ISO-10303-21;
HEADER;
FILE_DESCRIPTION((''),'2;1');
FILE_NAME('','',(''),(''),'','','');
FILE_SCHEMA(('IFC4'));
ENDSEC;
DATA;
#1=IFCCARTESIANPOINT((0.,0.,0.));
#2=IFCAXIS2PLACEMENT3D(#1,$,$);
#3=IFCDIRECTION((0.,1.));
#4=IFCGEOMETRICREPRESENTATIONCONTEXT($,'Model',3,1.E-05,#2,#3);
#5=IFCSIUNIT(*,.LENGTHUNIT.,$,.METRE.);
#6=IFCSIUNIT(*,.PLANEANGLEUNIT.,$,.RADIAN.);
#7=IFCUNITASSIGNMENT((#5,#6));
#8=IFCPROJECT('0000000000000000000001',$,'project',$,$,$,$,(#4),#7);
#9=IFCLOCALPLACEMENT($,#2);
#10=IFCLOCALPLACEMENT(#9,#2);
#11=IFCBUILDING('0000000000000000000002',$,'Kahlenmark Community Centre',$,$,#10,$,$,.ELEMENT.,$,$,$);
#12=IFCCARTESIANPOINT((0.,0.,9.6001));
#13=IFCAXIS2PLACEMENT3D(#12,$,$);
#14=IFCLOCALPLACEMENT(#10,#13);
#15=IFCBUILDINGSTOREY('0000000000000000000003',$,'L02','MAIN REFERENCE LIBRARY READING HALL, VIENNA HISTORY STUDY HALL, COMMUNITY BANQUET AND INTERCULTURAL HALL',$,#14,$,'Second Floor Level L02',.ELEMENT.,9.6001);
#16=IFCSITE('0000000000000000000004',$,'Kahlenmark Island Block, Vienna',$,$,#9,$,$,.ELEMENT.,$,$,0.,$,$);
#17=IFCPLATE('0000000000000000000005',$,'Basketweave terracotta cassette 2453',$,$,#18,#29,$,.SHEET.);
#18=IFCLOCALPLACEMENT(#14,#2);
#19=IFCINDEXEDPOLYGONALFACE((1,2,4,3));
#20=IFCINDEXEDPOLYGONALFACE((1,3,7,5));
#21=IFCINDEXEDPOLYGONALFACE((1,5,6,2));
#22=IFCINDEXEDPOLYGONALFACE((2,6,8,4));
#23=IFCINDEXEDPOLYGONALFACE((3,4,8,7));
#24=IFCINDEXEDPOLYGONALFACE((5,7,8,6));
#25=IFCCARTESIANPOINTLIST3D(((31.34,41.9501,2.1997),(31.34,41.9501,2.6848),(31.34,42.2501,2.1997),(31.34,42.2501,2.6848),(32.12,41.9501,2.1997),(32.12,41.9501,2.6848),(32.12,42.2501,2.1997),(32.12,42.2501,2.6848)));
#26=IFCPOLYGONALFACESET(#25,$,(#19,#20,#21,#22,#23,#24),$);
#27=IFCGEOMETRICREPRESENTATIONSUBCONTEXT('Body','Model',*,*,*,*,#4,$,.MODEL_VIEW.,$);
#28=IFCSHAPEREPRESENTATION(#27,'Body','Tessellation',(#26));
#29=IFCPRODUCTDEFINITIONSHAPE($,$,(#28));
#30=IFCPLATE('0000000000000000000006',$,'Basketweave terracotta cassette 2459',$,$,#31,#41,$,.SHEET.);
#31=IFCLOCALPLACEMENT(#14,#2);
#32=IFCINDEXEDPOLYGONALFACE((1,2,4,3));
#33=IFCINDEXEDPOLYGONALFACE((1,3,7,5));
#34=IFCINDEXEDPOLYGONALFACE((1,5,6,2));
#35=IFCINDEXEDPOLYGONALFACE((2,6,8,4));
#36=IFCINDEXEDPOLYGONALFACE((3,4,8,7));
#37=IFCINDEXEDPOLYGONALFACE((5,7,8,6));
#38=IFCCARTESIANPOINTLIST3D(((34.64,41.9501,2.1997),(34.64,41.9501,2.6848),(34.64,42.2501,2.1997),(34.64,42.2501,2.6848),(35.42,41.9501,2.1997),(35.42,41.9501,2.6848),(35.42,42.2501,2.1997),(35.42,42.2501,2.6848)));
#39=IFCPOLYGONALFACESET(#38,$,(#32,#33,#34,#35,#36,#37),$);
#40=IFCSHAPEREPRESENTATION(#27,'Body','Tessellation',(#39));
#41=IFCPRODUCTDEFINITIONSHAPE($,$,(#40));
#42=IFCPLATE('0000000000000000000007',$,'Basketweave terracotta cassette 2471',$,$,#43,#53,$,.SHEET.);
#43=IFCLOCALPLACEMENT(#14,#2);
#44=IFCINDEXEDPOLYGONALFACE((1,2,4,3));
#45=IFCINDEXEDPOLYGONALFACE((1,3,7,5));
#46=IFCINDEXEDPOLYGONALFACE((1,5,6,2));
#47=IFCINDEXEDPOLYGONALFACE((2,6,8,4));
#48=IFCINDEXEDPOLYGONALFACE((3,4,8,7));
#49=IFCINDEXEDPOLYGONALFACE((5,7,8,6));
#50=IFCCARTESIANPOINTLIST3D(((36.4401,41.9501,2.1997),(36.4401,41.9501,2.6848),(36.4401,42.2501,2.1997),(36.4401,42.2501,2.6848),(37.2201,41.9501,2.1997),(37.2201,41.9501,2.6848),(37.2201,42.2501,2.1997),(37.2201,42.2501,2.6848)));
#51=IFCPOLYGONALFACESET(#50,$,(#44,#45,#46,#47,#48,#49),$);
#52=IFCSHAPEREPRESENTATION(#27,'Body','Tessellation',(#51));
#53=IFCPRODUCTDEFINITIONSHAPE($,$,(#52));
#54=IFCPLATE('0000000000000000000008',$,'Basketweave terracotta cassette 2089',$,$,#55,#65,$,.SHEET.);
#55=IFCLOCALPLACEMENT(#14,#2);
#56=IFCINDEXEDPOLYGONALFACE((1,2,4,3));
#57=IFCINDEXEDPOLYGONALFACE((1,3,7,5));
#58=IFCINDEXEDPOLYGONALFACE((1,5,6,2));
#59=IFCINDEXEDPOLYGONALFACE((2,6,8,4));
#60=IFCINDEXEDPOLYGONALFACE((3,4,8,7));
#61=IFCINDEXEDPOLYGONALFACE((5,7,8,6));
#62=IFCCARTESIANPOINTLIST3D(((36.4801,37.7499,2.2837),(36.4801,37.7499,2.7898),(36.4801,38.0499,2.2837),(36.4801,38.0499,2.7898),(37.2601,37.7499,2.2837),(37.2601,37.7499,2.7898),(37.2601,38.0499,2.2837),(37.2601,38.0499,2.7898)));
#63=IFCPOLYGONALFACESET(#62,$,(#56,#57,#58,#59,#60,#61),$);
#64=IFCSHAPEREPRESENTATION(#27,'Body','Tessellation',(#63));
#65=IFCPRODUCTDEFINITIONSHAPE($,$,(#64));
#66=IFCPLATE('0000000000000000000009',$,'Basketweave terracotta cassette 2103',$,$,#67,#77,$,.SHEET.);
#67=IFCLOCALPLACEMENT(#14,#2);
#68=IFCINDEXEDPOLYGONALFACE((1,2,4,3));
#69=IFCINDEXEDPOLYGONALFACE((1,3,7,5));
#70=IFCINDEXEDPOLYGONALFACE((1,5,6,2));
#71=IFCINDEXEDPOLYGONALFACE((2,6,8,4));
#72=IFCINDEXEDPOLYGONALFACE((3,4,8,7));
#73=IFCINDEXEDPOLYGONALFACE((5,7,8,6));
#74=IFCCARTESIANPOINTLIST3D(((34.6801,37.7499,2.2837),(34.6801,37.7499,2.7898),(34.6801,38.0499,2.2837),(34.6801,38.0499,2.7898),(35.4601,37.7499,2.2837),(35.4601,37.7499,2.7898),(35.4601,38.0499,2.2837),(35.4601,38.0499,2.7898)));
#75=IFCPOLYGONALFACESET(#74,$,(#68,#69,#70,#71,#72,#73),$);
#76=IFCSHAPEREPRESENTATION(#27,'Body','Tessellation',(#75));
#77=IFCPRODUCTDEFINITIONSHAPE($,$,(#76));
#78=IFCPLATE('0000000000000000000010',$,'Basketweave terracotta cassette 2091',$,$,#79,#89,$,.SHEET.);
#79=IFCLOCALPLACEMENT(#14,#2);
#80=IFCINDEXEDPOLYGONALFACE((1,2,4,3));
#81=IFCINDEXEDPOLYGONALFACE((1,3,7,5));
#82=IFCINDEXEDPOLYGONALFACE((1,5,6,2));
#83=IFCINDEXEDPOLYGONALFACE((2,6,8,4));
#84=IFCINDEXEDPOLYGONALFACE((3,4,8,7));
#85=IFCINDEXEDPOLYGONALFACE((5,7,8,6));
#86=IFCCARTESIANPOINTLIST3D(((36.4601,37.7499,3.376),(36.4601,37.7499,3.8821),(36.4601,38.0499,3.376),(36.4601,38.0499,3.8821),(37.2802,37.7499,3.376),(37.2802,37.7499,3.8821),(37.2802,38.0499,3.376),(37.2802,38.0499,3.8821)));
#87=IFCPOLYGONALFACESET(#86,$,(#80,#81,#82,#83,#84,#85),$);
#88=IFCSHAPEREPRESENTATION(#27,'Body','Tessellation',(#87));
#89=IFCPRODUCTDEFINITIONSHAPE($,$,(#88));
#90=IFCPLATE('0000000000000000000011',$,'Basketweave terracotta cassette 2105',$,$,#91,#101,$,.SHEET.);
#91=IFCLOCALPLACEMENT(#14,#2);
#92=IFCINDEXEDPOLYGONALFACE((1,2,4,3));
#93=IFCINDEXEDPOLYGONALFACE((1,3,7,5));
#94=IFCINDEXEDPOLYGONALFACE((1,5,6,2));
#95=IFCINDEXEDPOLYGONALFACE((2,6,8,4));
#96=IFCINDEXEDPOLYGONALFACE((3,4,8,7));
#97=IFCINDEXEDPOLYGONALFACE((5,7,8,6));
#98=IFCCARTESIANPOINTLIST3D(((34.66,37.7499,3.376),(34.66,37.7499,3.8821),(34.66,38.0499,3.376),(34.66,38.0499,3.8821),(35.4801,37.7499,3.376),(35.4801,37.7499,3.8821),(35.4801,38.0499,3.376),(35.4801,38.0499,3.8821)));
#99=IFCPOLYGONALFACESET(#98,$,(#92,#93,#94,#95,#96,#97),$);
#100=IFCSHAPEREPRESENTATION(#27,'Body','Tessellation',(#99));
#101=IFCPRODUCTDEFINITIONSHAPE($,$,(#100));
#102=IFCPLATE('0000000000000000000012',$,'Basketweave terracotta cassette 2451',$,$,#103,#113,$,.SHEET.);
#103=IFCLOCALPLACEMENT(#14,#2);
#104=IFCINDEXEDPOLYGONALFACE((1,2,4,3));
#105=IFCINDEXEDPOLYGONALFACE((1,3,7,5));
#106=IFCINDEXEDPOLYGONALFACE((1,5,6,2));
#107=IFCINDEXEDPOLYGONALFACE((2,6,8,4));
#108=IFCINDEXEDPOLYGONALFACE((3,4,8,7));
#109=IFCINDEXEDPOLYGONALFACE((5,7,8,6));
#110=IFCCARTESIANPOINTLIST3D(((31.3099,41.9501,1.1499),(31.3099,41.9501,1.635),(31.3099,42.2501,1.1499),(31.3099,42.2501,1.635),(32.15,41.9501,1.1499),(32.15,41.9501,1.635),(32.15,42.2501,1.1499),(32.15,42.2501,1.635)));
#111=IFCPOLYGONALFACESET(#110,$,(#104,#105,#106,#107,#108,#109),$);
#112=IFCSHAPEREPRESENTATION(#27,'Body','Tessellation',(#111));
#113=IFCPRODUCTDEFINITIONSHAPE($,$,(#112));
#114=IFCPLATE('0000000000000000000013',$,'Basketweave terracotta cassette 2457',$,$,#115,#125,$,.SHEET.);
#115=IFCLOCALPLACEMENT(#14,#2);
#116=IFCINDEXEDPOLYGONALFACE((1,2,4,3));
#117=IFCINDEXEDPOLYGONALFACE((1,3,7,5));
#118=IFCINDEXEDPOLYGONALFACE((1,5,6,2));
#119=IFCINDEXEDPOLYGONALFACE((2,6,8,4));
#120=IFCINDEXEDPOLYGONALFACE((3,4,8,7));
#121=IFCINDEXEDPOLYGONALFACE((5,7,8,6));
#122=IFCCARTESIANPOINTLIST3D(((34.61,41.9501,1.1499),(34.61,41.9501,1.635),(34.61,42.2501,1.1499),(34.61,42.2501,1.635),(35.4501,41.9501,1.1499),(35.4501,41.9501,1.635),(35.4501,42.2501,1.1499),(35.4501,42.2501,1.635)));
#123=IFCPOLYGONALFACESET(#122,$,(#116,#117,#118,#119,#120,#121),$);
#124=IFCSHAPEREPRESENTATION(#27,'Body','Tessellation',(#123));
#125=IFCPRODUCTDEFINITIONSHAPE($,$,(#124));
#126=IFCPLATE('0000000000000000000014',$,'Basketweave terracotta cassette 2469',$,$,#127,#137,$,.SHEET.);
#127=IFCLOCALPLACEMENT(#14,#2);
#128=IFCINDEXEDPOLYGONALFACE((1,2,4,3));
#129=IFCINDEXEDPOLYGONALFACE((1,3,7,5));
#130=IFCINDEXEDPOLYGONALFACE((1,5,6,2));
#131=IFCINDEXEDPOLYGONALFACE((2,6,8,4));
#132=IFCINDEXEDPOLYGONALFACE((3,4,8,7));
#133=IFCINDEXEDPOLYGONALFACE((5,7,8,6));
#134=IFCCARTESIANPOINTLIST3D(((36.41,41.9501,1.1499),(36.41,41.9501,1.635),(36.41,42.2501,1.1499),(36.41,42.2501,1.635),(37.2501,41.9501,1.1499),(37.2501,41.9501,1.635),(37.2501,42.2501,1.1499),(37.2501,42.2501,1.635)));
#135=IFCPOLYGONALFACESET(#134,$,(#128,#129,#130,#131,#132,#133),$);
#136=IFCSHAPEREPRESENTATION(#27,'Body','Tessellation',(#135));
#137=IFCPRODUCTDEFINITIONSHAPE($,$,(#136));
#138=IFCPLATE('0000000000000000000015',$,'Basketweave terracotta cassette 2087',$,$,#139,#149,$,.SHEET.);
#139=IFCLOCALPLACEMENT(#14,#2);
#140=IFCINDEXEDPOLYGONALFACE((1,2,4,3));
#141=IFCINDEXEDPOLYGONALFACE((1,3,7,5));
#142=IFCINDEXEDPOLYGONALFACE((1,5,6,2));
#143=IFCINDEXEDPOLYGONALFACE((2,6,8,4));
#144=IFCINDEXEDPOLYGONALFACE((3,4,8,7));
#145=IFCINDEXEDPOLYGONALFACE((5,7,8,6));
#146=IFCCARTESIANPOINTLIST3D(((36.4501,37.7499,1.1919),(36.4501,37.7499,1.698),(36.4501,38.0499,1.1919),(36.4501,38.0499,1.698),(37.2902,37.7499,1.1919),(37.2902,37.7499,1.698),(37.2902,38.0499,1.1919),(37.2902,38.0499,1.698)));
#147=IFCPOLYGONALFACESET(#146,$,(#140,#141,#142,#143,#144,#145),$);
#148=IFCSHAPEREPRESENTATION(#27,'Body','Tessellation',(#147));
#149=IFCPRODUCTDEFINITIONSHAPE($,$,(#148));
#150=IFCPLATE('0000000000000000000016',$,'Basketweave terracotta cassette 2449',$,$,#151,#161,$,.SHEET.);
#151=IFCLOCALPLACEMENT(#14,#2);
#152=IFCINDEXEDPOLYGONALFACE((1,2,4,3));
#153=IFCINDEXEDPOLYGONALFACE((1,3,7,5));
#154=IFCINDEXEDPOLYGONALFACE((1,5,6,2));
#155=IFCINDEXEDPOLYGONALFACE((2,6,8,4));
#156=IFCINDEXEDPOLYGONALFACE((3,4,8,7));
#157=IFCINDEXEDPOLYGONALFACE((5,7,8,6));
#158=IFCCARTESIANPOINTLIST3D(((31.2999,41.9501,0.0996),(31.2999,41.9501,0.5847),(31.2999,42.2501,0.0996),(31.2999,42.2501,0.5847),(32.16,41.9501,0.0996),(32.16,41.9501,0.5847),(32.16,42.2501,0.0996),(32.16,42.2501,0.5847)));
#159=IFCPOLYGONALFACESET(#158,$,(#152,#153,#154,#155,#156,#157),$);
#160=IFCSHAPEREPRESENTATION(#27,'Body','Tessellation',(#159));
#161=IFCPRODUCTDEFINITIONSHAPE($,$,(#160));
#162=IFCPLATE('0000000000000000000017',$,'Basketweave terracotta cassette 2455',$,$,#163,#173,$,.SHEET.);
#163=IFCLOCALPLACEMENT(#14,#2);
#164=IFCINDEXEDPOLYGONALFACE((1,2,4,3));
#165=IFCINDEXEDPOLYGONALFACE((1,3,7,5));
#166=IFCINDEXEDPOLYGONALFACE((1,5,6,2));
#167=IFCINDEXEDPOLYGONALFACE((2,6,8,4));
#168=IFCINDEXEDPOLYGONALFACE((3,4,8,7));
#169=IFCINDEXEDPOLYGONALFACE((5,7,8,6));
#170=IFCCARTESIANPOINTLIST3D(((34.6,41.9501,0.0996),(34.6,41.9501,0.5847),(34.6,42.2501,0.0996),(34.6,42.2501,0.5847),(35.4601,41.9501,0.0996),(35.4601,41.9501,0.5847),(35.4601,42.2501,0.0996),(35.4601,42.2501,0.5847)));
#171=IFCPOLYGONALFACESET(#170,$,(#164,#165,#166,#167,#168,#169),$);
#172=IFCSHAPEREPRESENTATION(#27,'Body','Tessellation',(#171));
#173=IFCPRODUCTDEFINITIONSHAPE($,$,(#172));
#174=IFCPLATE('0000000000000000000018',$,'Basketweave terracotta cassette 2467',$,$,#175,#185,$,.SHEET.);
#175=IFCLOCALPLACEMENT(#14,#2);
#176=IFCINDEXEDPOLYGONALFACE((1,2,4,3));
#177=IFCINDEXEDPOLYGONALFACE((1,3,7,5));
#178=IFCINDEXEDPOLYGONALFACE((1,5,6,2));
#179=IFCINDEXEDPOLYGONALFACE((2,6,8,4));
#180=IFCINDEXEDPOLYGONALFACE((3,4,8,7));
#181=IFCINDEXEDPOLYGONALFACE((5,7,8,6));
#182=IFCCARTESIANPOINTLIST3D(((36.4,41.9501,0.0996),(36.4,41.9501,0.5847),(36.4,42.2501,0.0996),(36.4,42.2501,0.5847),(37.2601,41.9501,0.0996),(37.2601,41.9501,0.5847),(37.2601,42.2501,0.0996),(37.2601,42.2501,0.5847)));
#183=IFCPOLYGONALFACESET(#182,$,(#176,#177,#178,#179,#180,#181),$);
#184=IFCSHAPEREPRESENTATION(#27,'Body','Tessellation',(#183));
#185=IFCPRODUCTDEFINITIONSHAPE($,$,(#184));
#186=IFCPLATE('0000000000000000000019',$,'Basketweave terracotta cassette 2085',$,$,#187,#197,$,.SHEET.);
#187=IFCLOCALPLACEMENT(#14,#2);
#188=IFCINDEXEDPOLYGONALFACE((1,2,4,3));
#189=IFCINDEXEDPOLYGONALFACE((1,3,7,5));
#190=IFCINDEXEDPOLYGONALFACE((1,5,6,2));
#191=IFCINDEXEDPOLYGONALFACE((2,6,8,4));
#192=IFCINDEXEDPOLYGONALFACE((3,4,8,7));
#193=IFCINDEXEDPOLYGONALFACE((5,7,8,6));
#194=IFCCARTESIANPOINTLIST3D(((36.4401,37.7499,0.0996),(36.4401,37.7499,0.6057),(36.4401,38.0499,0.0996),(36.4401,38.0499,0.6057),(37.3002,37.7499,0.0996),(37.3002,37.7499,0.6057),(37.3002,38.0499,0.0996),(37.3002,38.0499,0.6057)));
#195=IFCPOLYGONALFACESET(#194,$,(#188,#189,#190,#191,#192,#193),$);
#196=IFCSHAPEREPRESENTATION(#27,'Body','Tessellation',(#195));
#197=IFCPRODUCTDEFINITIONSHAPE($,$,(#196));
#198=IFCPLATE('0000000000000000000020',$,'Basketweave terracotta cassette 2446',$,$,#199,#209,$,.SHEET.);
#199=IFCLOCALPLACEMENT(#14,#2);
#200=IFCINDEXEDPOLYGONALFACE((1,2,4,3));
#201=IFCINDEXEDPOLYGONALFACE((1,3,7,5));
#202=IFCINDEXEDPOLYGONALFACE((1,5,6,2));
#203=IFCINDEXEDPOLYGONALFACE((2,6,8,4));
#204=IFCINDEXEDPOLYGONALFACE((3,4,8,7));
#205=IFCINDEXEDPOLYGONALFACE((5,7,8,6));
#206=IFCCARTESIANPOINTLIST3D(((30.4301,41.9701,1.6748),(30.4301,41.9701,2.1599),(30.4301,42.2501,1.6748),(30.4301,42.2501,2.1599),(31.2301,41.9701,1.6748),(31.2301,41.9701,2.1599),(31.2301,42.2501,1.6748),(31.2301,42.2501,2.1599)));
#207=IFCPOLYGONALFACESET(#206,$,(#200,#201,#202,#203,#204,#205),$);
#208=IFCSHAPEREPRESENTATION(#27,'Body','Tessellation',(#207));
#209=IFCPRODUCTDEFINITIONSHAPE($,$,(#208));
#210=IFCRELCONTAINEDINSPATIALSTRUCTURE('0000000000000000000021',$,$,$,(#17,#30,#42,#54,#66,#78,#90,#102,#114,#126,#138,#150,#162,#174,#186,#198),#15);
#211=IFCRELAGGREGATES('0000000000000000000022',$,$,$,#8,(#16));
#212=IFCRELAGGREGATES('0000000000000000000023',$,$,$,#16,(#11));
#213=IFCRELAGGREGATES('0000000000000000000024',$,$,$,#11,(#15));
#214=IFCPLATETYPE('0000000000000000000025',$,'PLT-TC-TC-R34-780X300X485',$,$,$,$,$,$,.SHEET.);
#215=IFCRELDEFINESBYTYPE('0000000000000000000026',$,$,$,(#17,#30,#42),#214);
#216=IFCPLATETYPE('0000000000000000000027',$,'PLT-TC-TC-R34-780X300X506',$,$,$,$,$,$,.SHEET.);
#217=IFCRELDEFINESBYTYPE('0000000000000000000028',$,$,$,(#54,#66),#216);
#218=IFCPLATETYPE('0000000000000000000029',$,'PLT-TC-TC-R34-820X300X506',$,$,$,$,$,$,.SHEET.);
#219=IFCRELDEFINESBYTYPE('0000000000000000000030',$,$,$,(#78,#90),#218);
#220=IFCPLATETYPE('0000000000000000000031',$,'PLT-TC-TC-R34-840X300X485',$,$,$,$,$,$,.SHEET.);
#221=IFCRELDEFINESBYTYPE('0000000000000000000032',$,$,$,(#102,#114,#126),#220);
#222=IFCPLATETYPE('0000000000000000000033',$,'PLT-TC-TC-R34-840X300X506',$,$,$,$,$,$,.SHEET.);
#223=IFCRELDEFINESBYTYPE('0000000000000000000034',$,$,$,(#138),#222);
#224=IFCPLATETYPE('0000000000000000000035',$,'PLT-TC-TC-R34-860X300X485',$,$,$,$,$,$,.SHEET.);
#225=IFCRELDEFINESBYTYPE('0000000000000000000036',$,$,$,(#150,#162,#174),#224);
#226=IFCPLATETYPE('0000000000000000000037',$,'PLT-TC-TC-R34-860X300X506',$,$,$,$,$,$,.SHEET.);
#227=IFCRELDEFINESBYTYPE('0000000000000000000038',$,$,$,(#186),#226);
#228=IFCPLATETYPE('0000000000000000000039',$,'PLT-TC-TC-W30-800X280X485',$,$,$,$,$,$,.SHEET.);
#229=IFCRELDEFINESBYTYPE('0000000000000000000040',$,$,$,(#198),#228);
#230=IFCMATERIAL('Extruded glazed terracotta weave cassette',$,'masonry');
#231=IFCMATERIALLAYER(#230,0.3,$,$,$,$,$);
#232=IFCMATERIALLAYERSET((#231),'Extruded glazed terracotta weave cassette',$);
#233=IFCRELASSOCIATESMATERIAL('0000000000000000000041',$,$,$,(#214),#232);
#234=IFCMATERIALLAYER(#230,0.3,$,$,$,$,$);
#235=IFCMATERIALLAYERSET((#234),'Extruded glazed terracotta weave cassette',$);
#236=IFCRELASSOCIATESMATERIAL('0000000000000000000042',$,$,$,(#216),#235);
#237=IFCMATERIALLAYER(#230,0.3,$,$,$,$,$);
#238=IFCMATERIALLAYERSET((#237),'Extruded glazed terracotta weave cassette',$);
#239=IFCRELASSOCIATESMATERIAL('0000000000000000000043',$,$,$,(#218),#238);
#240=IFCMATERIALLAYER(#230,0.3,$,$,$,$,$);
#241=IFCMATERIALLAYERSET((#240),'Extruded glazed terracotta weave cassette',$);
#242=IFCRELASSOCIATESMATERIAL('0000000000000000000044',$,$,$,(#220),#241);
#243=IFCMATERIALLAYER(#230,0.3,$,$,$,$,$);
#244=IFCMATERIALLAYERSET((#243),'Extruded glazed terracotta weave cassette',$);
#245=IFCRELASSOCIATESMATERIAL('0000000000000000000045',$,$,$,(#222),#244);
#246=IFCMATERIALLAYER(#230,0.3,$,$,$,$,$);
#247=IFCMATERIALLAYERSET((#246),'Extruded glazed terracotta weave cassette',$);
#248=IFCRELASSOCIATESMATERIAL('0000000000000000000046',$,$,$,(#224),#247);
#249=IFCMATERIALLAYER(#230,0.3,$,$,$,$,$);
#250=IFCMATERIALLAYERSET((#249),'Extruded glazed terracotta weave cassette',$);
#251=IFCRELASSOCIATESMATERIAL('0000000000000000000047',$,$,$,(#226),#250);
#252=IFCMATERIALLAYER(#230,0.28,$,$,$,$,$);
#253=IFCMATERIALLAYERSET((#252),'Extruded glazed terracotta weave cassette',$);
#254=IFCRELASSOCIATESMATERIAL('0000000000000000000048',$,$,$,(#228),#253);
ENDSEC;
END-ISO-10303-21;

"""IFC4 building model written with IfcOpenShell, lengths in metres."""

from ifc_helpers import new_model, si_unit, direction, frame, origin, origin_2d, place, context, subcontext, project, spatial, rectangle, extrude, material, layer, layer_set, type_object, element, save


model = new_model("IFC4")

# Units and contexts
model_context = context("Model", 3, precision=1e-05, world=origin(), true_north=direction((0.0, 1.0)))
body_context = subcontext(model_context, "Body", "Model", "MODEL_VIEW")
ifc_project = project(units=[si_unit("LENGTHUNIT", "METRE"), si_unit("PLANEANGLEUNIT", "RADIAN")], contexts=[model_context])

# Site, building, storey
site_placement = place(None, origin())
site = spatial("IfcSite", under=ifc_project, at=site_placement, Name="Kahlenmark Island Block, Vienna", CompositionType="ELEMENT", RefElevation=0.0)
building_placement = place(site_placement, origin())
building = spatial("IfcBuilding", under=site, at=building_placement, Name="Kahlenmark Community Centre", CompositionType="ELEMENT")
storey_placement = place(building_placement, frame((0.0, 0.0, 9.6001)))
storey = spatial("IfcBuildingStorey", under=building, at=storey_placement, Name="L02", Description="MAIN REFERENCE LIBRARY READING HALL, VIENNA HISTORY STUDY HALL, COMMUNITY BANQUET AND INTERCULTURAL HALL", LongName="Second Floor Level L02", CompositionType="ELEMENT", Elevation=9.6001)

# Plates
ifc_material_1 = material(Name="Extruded glazed terracotta weave cassette", Category="masonry")
ifc_layer_1 = layer(ifc_material_1, 0.3)
ifc_layer_set_1 = layer_set([ifc_layer_1], Name="Extruded glazed terracotta weave cassette")
plate_type_1 = type_object("IfcPlateType", Name="PLT-TC-TC-R34-780X300X485", PredefinedType="SHEET", material=ifc_layer_set_1)
for number, where, z_axis, x_axis, name in (
    (1, (31.73, 42.1001, 2.1997), (0.0, 0.0, 1.0), (1.0, 0.0, 0.0), "Basketweave terracotta cassette 2453"),
    (2, (35.03, 42.1001, 2.1997), (0.0, 0.0, 1.0), (1.0, 0.0, 0.0), "Basketweave terracotta cassette 2459"),
    (3, (36.8301, 42.1001, 2.1997), (0.0, 0.0, 1.0), (1.0, 0.0, 0.0), "Basketweave terracotta cassette 2471"),
):
    element("IfcPlate", number, at=place(storey_placement, frame(where, z_axis=z_axis, x_axis=x_axis)), inside=storey, type_object=plate_type_1, Name=name, PredefinedType="SHEET", context=body_context, shape_type="SweptSolid", body=[
        extrude(rectangle(XDim=0.78, YDim=0.3, at=origin_2d()), origin(), (0.0, 0.0, 1.0), 0.4851),
    ])
ifc_layer_2 = layer(ifc_material_1, 0.3)
ifc_layer_set_2 = layer_set([ifc_layer_2], Name="Extruded glazed terracotta weave cassette")
plate_type_2 = type_object("IfcPlateType", Name="PLT-TC-TC-R34-780X300X506", PredefinedType="SHEET", material=ifc_layer_set_2)
for number, where, z_axis, x_axis, name in (
    (4, (36.8701, 37.8999, 2.2837), (0.0, 0.0, 1.0), (-1.0, 0.0, 0.0), "Basketweave terracotta cassette 2089"),
    (5, (35.0701, 37.8999, 2.2837), (0.0, 0.0, 1.0), (-1.0, 0.0, 0.0), "Basketweave terracotta cassette 2103"),
):
    element("IfcPlate", number, at=place(storey_placement, frame(where, z_axis=z_axis, x_axis=x_axis)), inside=storey, type_object=plate_type_2, Name=name, PredefinedType="SHEET", context=body_context, shape_type="SweptSolid", body=[
        extrude(rectangle(XDim=0.78, YDim=0.3, at=origin_2d()), origin(), (0.0, 0.0, 1.0), 0.5061),
    ])
ifc_layer_3 = layer(ifc_material_1, 0.3)
ifc_layer_set_3 = layer_set([ifc_layer_3], Name="Extruded glazed terracotta weave cassette")
plate_type_3 = type_object("IfcPlateType", Name="PLT-TC-TC-R34-820X300X506", PredefinedType="SHEET", material=ifc_layer_set_3)
for number, where, z_axis, x_axis, name in (
    (6, (36.8701, 37.8999, 3.376), (0.0, 0.0, 1.0), (-1.0, 0.0, 0.0), "Basketweave terracotta cassette 2091"),
    (7, (35.0701, 37.8999, 3.376), (0.0, 0.0, 1.0), (-1.0, 0.0, 0.0), "Basketweave terracotta cassette 2105"),
):
    element("IfcPlate", number, at=place(storey_placement, frame(where, z_axis=z_axis, x_axis=x_axis)), inside=storey, type_object=plate_type_3, Name=name, PredefinedType="SHEET", context=body_context, shape_type="SweptSolid", body=[
        extrude(rectangle(XDim=0.8201, YDim=0.3, at=origin_2d()), origin(), (0.0, 0.0, 1.0), 0.5061),
    ])
ifc_layer_4 = layer(ifc_material_1, 0.3)
ifc_layer_set_4 = layer_set([ifc_layer_4], Name="Extruded glazed terracotta weave cassette")
plate_type_4 = type_object("IfcPlateType", Name="PLT-TC-TC-R34-840X300X485", PredefinedType="SHEET", material=ifc_layer_set_4)
for number, where, z_axis, x_axis, name in (
    (8, (31.73, 42.1001, 1.1499), (0.0, 0.0, 1.0), (1.0, 0.0, 0.0), "Basketweave terracotta cassette 2451"),
    (9, (35.03, 42.1001, 1.1499), (0.0, 0.0, 1.0), (1.0, 0.0, 0.0), "Basketweave terracotta cassette 2457"),
    (10, (36.8301, 42.1001, 1.1499), (0.0, 0.0, 1.0), (1.0, 0.0, 0.0), "Basketweave terracotta cassette 2469"),
):
    element("IfcPlate", number, at=place(storey_placement, frame(where, z_axis=z_axis, x_axis=x_axis)), inside=storey, type_object=plate_type_4, Name=name, PredefinedType="SHEET", context=body_context, shape_type="SweptSolid", body=[
        extrude(rectangle(XDim=0.8401, YDim=0.3, at=origin_2d()), origin(), (0.0, 0.0, 1.0), 0.4851),
    ])
ifc_layer_5 = layer(ifc_material_1, 0.3)
ifc_layer_set_5 = layer_set([ifc_layer_5], Name="Extruded glazed terracotta weave cassette")
plate_type_5 = type_object("IfcPlateType", Name="PLT-TC-TC-R34-840X300X506", PredefinedType="SHEET", material=ifc_layer_set_5)
plate_1_placement = place(storey_placement, frame((36.8701, 37.8999, 1.1919), z_axis=(0.0, 0.0, 1.0), x_axis=(-1.0, 0.0, 0.0)))
element("IfcPlate", 11, at=plate_1_placement, inside=storey, type_object=plate_type_5, Name="Basketweave terracotta cassette 2087", PredefinedType="SHEET", context=body_context, shape_type="SweptSolid", body=[
    extrude(rectangle(XDim=0.8401, YDim=0.3, at=origin_2d()), origin(), (0.0, 0.0, 1.0), 0.5061),
])
ifc_layer_6 = layer(ifc_material_1, 0.3)
ifc_layer_set_6 = layer_set([ifc_layer_6], Name="Extruded glazed terracotta weave cassette")
plate_type_6 = type_object("IfcPlateType", Name="PLT-TC-TC-R34-860X300X485", PredefinedType="SHEET", material=ifc_layer_set_6)
for number, where, z_axis, x_axis, name in (
    (12, (31.73, 42.1001, 0.0996), (0.0, 0.0, 1.0), (1.0, 0.0, 0.0), "Basketweave terracotta cassette 2449"),
    (13, (35.03, 42.1001, 0.0996), (0.0, 0.0, 1.0), (1.0, 0.0, 0.0), "Basketweave terracotta cassette 2455"),
    (14, (36.8301, 42.1001, 0.0996), (0.0, 0.0, 1.0), (1.0, 0.0, 0.0), "Basketweave terracotta cassette 2467"),
):
    element("IfcPlate", number, at=place(storey_placement, frame(where, z_axis=z_axis, x_axis=x_axis)), inside=storey, type_object=plate_type_6, Name=name, PredefinedType="SHEET", context=body_context, shape_type="SweptSolid", body=[
        extrude(rectangle(XDim=0.8601, YDim=0.3, at=origin_2d()), origin(), (0.0, 0.0, 1.0), 0.4851),
    ])
ifc_layer_7 = layer(ifc_material_1, 0.3)
ifc_layer_set_7 = layer_set([ifc_layer_7], Name="Extruded glazed terracotta weave cassette")
plate_type_7 = type_object("IfcPlateType", Name="PLT-TC-TC-R34-860X300X506", PredefinedType="SHEET", material=ifc_layer_set_7)
plate_2_placement = place(storey_placement, frame((36.8701, 37.8999, 0.0996), z_axis=(0.0, 0.0, 1.0), x_axis=(-1.0, 0.0, 0.0)))
element("IfcPlate", 15, at=plate_2_placement, inside=storey, type_object=plate_type_7, Name="Basketweave terracotta cassette 2085", PredefinedType="SHEET", context=body_context, shape_type="SweptSolid", body=[
    extrude(rectangle(XDim=0.8601, YDim=0.3, at=origin_2d()), origin(), (0.0, 0.0, 1.0), 0.5061),
])
ifc_layer_8 = layer(ifc_material_1, 0.28)
ifc_layer_set_8 = layer_set([ifc_layer_8], Name="Extruded glazed terracotta weave cassette")
plate_type_8 = type_object("IfcPlateType", Name="PLT-TC-TC-W30-800X280X485", PredefinedType="SHEET", material=ifc_layer_set_8)
for number, where, z_axis, x_axis, name in (
    (16, (30.8301, 42.1101, 1.6748), (0.0, 0.0, 1.0), (1.0, 0.0, 0.0), "Basketweave terracotta cassette 2446"),
):
    element("IfcPlate", number, at=place(storey_placement, frame(where, z_axis=z_axis, x_axis=x_axis)), inside=storey, type_object=plate_type_8, Name=name, PredefinedType="SHEET", context=body_context, shape_type="SweptSolid", body=[
        extrude(rectangle(XDim=0.8, YDim=0.28, at=origin_2d()), origin(), (0.0, 0.0, 1.0), 0.4851),
    ])

save(model, "model.ifc")
